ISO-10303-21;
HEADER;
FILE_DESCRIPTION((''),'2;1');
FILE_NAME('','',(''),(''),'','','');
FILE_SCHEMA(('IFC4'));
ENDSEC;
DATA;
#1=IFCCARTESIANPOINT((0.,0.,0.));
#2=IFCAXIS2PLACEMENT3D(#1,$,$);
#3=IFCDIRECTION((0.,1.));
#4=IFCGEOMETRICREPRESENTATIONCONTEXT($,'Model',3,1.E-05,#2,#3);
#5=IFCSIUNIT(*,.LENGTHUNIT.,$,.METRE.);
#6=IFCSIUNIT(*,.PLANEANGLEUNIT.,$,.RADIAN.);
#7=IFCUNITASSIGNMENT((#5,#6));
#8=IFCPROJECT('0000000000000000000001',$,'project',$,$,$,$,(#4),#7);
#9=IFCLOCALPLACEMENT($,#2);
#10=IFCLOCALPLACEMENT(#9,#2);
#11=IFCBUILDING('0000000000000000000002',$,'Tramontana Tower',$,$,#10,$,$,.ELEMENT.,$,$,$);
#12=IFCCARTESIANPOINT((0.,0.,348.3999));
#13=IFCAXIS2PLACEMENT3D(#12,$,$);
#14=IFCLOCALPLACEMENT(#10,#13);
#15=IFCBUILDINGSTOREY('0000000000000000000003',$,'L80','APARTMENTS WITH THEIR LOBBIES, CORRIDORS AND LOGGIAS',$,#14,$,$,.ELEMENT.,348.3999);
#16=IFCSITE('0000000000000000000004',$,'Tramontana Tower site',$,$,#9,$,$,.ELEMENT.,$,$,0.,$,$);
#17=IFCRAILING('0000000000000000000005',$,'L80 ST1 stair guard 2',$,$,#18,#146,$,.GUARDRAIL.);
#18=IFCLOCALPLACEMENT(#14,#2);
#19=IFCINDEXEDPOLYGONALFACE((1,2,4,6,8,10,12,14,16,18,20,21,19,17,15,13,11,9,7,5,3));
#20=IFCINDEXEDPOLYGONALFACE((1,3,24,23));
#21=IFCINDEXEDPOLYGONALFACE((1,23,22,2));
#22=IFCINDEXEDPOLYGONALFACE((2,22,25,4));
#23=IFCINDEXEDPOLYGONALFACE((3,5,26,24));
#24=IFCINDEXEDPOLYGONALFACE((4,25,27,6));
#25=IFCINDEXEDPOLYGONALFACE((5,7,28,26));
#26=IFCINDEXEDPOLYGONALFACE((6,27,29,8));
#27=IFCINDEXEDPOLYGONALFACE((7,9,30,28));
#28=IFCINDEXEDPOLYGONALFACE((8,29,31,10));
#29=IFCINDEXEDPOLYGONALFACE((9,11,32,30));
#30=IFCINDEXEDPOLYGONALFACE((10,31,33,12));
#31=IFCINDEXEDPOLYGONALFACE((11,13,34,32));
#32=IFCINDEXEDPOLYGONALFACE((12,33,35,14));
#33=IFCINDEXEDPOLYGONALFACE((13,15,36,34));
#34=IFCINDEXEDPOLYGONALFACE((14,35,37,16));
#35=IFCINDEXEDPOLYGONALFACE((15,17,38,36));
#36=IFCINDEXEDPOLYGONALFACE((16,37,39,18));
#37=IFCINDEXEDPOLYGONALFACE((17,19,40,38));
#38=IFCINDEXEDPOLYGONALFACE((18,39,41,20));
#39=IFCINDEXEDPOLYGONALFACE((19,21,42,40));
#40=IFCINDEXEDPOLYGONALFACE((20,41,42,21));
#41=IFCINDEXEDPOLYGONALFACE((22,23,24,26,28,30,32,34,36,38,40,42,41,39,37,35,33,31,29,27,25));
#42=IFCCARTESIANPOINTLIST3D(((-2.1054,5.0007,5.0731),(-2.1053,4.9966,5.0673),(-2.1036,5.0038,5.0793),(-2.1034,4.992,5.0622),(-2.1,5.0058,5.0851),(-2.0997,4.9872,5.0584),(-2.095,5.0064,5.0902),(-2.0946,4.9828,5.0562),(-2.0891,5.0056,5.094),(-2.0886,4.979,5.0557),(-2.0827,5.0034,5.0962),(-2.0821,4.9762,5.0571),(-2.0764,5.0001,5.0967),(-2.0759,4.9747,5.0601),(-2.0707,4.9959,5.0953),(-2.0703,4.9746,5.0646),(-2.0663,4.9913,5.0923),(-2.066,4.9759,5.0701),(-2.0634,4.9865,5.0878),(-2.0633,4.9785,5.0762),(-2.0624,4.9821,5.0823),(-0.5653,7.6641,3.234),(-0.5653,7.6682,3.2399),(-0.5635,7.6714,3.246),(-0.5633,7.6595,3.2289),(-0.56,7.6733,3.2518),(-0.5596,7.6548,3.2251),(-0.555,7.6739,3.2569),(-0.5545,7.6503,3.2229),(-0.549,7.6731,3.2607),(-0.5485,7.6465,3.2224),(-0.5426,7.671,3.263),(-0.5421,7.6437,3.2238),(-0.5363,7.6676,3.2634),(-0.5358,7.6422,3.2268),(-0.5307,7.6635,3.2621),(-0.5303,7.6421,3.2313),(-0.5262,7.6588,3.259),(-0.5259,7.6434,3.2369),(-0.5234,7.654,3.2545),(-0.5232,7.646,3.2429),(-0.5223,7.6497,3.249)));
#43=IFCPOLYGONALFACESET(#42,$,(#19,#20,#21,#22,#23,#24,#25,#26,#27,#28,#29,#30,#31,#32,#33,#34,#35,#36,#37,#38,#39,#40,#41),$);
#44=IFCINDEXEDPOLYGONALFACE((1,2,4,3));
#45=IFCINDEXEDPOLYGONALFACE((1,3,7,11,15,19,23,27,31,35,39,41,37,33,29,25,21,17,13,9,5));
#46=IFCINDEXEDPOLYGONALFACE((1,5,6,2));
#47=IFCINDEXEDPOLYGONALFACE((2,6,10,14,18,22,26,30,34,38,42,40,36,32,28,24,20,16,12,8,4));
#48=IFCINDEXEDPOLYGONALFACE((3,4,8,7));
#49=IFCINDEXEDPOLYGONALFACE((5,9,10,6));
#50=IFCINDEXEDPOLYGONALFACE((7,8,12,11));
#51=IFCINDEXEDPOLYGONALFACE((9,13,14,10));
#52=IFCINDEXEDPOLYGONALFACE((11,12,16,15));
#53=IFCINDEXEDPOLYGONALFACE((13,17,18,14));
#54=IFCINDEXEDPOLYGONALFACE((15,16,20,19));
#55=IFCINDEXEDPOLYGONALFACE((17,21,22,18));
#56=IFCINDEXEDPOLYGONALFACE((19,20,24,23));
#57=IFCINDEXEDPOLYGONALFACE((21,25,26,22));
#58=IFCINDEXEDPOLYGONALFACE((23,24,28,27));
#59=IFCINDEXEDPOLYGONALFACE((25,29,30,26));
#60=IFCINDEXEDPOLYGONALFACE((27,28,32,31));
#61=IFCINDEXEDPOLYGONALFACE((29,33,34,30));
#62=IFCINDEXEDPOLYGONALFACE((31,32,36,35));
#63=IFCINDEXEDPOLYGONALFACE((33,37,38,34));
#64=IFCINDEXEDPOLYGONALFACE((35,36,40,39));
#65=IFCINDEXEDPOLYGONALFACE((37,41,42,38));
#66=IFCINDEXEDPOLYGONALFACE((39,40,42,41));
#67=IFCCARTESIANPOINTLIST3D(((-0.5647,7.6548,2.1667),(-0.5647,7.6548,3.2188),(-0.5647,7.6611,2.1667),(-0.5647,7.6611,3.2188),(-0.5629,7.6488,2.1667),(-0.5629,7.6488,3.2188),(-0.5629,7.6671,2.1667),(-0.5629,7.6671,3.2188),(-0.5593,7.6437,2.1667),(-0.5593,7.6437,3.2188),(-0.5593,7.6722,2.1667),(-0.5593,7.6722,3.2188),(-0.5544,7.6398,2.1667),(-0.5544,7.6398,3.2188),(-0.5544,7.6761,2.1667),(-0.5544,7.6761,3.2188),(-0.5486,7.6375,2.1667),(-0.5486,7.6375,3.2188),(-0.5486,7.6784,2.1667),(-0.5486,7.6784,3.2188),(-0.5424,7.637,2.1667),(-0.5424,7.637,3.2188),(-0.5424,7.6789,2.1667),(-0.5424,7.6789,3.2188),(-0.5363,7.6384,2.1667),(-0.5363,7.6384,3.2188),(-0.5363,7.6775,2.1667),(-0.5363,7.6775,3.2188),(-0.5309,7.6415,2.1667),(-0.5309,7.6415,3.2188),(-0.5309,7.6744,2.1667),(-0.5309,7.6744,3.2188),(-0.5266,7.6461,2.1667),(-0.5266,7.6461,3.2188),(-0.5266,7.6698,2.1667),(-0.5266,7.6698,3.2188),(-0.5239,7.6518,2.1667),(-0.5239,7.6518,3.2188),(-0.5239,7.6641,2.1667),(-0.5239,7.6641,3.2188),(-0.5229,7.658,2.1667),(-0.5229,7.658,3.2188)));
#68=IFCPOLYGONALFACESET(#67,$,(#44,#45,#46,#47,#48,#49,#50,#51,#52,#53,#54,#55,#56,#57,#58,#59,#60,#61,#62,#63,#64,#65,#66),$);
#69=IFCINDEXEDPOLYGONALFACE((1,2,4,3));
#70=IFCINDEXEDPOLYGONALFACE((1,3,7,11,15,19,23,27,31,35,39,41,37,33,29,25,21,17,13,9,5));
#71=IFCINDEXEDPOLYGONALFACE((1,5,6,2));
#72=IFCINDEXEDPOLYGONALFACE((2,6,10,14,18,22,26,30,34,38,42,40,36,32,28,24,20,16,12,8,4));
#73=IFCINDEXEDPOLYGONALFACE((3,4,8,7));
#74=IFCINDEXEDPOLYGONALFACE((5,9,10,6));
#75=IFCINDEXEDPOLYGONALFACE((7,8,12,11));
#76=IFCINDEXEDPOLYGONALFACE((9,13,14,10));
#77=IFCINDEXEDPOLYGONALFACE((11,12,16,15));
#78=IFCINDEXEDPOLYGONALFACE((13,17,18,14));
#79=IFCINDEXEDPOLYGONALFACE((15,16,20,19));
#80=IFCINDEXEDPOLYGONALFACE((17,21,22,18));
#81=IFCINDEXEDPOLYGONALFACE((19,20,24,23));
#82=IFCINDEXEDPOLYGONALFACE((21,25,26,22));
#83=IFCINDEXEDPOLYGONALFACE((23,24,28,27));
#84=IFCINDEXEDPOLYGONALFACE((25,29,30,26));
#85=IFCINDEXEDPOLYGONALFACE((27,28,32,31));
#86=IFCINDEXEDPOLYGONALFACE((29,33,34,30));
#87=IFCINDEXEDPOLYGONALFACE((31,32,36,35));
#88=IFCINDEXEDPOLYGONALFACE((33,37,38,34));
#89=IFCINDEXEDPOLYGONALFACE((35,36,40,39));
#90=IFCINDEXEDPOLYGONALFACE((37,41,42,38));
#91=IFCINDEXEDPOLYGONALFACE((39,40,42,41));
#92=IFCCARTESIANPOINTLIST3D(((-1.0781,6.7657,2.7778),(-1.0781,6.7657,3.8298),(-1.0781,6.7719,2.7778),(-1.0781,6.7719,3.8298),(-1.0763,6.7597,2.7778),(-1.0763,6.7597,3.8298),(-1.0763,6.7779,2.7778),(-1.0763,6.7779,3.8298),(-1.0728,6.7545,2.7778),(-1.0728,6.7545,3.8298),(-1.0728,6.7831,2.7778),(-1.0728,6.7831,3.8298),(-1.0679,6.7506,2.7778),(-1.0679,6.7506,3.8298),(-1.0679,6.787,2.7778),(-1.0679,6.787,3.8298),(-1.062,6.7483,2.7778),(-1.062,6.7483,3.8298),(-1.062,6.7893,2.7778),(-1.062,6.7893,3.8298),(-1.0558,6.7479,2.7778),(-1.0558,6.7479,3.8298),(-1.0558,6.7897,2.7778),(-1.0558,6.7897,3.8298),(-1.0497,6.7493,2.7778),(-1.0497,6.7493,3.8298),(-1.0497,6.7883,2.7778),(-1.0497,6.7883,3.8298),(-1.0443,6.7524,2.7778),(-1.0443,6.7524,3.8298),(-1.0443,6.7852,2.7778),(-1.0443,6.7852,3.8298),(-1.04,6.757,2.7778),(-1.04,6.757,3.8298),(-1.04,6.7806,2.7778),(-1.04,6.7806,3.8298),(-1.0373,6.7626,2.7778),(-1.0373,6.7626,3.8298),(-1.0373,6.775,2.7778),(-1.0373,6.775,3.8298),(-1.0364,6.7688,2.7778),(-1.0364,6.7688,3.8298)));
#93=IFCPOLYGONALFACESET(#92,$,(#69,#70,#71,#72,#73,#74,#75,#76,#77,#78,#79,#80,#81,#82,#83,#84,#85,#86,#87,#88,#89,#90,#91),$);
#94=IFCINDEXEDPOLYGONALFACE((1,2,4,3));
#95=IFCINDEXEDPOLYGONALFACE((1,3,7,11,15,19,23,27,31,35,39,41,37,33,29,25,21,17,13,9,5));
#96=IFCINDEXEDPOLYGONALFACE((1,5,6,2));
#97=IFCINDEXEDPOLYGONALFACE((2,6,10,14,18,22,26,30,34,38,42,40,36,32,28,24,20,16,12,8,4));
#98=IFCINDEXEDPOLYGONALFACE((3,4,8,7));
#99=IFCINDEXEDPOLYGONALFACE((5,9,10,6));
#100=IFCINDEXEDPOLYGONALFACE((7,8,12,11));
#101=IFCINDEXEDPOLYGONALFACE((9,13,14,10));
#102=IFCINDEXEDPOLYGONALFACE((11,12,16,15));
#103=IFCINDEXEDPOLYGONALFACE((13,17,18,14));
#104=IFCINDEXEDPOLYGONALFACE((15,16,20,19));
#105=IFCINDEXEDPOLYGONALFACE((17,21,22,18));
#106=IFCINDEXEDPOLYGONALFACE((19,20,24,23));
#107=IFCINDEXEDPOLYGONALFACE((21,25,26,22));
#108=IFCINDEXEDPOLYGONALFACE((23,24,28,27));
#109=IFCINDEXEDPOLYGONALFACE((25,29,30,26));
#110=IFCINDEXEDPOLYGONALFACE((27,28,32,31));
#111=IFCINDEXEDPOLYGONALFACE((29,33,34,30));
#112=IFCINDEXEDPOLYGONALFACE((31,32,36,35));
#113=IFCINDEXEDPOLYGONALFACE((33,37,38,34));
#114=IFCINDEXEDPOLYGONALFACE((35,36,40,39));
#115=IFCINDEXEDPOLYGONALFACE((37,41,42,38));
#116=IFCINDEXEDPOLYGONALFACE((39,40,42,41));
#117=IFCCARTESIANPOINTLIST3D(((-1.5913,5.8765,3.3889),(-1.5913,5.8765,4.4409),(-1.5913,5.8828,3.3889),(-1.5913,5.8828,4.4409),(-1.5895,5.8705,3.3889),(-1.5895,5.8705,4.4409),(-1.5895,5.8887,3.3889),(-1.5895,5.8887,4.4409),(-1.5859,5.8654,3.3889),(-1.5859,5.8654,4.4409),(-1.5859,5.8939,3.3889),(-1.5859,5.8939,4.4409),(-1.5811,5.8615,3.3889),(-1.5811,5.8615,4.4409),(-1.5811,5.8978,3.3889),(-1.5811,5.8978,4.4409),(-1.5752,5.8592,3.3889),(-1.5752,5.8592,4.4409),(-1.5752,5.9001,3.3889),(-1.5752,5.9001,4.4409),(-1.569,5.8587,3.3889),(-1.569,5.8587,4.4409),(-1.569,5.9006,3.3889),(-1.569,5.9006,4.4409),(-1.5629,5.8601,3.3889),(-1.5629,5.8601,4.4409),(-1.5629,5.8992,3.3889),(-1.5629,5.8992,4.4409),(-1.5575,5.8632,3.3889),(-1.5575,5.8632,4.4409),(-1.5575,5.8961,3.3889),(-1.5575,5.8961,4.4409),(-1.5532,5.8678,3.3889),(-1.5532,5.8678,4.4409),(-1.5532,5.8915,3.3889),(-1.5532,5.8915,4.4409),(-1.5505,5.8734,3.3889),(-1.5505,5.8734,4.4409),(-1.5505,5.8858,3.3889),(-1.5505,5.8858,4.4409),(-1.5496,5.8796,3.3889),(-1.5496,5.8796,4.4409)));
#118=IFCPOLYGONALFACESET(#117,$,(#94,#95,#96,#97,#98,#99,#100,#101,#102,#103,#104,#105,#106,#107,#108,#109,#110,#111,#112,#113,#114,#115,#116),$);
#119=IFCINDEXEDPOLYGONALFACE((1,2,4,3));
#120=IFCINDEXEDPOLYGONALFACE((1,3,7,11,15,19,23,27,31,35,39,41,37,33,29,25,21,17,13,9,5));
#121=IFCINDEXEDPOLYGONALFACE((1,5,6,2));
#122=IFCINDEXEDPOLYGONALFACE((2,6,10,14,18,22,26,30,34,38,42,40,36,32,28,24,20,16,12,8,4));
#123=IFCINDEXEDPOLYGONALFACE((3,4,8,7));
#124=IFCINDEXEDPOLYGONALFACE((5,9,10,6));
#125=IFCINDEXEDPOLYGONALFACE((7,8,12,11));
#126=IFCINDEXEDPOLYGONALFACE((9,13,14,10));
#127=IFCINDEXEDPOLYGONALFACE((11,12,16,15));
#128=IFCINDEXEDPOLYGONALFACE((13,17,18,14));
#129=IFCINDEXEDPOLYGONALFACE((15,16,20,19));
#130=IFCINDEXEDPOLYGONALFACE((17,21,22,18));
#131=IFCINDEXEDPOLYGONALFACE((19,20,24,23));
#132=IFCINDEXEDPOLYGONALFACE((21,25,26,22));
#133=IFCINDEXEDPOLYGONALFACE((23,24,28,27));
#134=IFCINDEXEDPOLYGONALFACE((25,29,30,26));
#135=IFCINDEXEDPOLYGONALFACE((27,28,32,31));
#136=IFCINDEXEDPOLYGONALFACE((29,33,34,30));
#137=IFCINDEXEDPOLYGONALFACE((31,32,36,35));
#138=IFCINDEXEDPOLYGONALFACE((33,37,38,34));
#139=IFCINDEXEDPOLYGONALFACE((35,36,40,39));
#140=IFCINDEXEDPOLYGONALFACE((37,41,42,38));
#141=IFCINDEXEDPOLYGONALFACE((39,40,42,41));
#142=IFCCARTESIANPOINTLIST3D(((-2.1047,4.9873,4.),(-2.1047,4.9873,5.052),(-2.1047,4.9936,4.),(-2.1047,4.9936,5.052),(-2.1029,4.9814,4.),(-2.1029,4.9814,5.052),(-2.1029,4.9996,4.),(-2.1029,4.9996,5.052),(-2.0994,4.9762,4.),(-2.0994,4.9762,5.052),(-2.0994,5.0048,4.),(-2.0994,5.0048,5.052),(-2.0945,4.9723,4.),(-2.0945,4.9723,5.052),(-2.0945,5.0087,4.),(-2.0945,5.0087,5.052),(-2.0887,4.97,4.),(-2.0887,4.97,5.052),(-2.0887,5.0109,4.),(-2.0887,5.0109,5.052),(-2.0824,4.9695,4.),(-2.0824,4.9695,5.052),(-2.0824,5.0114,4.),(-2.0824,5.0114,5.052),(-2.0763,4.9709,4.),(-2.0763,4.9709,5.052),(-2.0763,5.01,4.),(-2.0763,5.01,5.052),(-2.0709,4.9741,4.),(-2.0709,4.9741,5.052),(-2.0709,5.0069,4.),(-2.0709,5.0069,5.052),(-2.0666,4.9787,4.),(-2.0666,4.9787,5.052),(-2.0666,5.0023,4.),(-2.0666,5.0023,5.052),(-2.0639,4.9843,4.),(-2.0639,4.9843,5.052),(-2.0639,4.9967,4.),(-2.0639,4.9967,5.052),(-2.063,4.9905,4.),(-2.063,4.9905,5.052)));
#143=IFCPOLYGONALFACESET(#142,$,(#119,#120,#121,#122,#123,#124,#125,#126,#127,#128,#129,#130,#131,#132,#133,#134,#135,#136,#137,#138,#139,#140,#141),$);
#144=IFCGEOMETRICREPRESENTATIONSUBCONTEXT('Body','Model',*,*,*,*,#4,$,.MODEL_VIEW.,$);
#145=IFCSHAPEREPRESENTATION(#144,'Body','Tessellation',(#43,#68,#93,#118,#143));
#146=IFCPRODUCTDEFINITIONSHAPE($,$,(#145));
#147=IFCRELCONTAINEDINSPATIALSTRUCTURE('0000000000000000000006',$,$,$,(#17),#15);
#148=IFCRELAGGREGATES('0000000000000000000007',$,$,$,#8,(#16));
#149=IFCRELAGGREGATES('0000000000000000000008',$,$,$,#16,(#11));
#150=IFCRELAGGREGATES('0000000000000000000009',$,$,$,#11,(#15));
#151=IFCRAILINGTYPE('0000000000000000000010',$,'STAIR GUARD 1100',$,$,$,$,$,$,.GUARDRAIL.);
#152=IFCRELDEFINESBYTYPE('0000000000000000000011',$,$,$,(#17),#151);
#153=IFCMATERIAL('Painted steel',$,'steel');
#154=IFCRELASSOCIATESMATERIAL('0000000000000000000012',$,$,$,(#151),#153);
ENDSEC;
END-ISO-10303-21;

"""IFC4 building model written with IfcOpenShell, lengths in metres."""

from ifc_helpers import new_model, si_unit, direction, frame, origin, origin_2d, place, context, subcontext, project, spatial, circle, extrude, material, type_object, element, save


model = new_model("IFC4")

# Units and contexts
model_context = context("Model", 3, precision=1e-05, world=origin(), true_north=direction((0.0, 1.0)))
body_context = subcontext(model_context, "Body", "Model", "MODEL_VIEW")
ifc_project = project(units=[si_unit("LENGTHUNIT", "METRE"), si_unit("PLANEANGLEUNIT", "RADIAN")], contexts=[model_context])

# Site, building, storey
site_placement = place(None, origin())
site = spatial("IfcSite", under=ifc_project, at=site_placement, Name="Tramontana Tower site", CompositionType="ELEMENT", RefElevation=0.0)
building_placement = place(site_placement, origin())
building = spatial("IfcBuilding", under=site, at=building_placement, Name="Tramontana Tower", CompositionType="ELEMENT")
storey_placement = place(building_placement, frame((0.0, 0.0, 348.3999)))
storey = spatial("IfcBuildingStorey", under=building, at=storey_placement, Name="L80", Description="APARTMENTS WITH THEIR LOBBIES, CORRIDORS AND LOGGIAS", CompositionType="ELEMENT", Elevation=348.3999)

# Railing
ifc_material_1 = material(Name="Painted steel", Category="steel")
railing_type_1 = type_object("IfcRailingType", Name="STAIR GUARD 1100", PredefinedType="GUARDRAIL", material=ifc_material_1)
railing_1_placement = place(storey_placement, frame((-0.5439, 7.658, 2.1667)))
element("IfcRailing", 1, at=railing_1_placement, inside=storey, type_object=railing_type_1, Name="L80 ST1 stair guard 2", PredefinedType="GUARDRAIL", context=body_context, shape_type="SweptSolid", body=[
    extrude(circle(Radius=0.0239, at=origin_2d()), frame((0.0, 0.0, 1.0762), z_axis=(-0.429649, -0.74419, 0.511452), x_axis=(0.86603, -0.499992, 0.0)), (0.0, 0.0, 1.0), 3.5845),
    extrude(circle(Radius=0.021, at=origin_2d()), origin(), (0.0, 0.0, 1.0), 1.052),
    extrude(circle(Radius=0.021, at=origin_2d()), frame((-0.5134, -0.8892, 0.6111)), (0.0, 0.0, 1.0), 1.052),
    extrude(circle(Radius=0.021, at=origin_2d()), frame((-1.0266, -1.7783, 1.2222)), (0.0, 0.0, 1.0), 1.052),
    extrude(circle(Radius=0.021, at=origin_2d()), frame((-1.54, -2.6675, 1.8333)), (0.0, 0.0, 1.0), 1.052),
])

save(model, "model.ifc")
